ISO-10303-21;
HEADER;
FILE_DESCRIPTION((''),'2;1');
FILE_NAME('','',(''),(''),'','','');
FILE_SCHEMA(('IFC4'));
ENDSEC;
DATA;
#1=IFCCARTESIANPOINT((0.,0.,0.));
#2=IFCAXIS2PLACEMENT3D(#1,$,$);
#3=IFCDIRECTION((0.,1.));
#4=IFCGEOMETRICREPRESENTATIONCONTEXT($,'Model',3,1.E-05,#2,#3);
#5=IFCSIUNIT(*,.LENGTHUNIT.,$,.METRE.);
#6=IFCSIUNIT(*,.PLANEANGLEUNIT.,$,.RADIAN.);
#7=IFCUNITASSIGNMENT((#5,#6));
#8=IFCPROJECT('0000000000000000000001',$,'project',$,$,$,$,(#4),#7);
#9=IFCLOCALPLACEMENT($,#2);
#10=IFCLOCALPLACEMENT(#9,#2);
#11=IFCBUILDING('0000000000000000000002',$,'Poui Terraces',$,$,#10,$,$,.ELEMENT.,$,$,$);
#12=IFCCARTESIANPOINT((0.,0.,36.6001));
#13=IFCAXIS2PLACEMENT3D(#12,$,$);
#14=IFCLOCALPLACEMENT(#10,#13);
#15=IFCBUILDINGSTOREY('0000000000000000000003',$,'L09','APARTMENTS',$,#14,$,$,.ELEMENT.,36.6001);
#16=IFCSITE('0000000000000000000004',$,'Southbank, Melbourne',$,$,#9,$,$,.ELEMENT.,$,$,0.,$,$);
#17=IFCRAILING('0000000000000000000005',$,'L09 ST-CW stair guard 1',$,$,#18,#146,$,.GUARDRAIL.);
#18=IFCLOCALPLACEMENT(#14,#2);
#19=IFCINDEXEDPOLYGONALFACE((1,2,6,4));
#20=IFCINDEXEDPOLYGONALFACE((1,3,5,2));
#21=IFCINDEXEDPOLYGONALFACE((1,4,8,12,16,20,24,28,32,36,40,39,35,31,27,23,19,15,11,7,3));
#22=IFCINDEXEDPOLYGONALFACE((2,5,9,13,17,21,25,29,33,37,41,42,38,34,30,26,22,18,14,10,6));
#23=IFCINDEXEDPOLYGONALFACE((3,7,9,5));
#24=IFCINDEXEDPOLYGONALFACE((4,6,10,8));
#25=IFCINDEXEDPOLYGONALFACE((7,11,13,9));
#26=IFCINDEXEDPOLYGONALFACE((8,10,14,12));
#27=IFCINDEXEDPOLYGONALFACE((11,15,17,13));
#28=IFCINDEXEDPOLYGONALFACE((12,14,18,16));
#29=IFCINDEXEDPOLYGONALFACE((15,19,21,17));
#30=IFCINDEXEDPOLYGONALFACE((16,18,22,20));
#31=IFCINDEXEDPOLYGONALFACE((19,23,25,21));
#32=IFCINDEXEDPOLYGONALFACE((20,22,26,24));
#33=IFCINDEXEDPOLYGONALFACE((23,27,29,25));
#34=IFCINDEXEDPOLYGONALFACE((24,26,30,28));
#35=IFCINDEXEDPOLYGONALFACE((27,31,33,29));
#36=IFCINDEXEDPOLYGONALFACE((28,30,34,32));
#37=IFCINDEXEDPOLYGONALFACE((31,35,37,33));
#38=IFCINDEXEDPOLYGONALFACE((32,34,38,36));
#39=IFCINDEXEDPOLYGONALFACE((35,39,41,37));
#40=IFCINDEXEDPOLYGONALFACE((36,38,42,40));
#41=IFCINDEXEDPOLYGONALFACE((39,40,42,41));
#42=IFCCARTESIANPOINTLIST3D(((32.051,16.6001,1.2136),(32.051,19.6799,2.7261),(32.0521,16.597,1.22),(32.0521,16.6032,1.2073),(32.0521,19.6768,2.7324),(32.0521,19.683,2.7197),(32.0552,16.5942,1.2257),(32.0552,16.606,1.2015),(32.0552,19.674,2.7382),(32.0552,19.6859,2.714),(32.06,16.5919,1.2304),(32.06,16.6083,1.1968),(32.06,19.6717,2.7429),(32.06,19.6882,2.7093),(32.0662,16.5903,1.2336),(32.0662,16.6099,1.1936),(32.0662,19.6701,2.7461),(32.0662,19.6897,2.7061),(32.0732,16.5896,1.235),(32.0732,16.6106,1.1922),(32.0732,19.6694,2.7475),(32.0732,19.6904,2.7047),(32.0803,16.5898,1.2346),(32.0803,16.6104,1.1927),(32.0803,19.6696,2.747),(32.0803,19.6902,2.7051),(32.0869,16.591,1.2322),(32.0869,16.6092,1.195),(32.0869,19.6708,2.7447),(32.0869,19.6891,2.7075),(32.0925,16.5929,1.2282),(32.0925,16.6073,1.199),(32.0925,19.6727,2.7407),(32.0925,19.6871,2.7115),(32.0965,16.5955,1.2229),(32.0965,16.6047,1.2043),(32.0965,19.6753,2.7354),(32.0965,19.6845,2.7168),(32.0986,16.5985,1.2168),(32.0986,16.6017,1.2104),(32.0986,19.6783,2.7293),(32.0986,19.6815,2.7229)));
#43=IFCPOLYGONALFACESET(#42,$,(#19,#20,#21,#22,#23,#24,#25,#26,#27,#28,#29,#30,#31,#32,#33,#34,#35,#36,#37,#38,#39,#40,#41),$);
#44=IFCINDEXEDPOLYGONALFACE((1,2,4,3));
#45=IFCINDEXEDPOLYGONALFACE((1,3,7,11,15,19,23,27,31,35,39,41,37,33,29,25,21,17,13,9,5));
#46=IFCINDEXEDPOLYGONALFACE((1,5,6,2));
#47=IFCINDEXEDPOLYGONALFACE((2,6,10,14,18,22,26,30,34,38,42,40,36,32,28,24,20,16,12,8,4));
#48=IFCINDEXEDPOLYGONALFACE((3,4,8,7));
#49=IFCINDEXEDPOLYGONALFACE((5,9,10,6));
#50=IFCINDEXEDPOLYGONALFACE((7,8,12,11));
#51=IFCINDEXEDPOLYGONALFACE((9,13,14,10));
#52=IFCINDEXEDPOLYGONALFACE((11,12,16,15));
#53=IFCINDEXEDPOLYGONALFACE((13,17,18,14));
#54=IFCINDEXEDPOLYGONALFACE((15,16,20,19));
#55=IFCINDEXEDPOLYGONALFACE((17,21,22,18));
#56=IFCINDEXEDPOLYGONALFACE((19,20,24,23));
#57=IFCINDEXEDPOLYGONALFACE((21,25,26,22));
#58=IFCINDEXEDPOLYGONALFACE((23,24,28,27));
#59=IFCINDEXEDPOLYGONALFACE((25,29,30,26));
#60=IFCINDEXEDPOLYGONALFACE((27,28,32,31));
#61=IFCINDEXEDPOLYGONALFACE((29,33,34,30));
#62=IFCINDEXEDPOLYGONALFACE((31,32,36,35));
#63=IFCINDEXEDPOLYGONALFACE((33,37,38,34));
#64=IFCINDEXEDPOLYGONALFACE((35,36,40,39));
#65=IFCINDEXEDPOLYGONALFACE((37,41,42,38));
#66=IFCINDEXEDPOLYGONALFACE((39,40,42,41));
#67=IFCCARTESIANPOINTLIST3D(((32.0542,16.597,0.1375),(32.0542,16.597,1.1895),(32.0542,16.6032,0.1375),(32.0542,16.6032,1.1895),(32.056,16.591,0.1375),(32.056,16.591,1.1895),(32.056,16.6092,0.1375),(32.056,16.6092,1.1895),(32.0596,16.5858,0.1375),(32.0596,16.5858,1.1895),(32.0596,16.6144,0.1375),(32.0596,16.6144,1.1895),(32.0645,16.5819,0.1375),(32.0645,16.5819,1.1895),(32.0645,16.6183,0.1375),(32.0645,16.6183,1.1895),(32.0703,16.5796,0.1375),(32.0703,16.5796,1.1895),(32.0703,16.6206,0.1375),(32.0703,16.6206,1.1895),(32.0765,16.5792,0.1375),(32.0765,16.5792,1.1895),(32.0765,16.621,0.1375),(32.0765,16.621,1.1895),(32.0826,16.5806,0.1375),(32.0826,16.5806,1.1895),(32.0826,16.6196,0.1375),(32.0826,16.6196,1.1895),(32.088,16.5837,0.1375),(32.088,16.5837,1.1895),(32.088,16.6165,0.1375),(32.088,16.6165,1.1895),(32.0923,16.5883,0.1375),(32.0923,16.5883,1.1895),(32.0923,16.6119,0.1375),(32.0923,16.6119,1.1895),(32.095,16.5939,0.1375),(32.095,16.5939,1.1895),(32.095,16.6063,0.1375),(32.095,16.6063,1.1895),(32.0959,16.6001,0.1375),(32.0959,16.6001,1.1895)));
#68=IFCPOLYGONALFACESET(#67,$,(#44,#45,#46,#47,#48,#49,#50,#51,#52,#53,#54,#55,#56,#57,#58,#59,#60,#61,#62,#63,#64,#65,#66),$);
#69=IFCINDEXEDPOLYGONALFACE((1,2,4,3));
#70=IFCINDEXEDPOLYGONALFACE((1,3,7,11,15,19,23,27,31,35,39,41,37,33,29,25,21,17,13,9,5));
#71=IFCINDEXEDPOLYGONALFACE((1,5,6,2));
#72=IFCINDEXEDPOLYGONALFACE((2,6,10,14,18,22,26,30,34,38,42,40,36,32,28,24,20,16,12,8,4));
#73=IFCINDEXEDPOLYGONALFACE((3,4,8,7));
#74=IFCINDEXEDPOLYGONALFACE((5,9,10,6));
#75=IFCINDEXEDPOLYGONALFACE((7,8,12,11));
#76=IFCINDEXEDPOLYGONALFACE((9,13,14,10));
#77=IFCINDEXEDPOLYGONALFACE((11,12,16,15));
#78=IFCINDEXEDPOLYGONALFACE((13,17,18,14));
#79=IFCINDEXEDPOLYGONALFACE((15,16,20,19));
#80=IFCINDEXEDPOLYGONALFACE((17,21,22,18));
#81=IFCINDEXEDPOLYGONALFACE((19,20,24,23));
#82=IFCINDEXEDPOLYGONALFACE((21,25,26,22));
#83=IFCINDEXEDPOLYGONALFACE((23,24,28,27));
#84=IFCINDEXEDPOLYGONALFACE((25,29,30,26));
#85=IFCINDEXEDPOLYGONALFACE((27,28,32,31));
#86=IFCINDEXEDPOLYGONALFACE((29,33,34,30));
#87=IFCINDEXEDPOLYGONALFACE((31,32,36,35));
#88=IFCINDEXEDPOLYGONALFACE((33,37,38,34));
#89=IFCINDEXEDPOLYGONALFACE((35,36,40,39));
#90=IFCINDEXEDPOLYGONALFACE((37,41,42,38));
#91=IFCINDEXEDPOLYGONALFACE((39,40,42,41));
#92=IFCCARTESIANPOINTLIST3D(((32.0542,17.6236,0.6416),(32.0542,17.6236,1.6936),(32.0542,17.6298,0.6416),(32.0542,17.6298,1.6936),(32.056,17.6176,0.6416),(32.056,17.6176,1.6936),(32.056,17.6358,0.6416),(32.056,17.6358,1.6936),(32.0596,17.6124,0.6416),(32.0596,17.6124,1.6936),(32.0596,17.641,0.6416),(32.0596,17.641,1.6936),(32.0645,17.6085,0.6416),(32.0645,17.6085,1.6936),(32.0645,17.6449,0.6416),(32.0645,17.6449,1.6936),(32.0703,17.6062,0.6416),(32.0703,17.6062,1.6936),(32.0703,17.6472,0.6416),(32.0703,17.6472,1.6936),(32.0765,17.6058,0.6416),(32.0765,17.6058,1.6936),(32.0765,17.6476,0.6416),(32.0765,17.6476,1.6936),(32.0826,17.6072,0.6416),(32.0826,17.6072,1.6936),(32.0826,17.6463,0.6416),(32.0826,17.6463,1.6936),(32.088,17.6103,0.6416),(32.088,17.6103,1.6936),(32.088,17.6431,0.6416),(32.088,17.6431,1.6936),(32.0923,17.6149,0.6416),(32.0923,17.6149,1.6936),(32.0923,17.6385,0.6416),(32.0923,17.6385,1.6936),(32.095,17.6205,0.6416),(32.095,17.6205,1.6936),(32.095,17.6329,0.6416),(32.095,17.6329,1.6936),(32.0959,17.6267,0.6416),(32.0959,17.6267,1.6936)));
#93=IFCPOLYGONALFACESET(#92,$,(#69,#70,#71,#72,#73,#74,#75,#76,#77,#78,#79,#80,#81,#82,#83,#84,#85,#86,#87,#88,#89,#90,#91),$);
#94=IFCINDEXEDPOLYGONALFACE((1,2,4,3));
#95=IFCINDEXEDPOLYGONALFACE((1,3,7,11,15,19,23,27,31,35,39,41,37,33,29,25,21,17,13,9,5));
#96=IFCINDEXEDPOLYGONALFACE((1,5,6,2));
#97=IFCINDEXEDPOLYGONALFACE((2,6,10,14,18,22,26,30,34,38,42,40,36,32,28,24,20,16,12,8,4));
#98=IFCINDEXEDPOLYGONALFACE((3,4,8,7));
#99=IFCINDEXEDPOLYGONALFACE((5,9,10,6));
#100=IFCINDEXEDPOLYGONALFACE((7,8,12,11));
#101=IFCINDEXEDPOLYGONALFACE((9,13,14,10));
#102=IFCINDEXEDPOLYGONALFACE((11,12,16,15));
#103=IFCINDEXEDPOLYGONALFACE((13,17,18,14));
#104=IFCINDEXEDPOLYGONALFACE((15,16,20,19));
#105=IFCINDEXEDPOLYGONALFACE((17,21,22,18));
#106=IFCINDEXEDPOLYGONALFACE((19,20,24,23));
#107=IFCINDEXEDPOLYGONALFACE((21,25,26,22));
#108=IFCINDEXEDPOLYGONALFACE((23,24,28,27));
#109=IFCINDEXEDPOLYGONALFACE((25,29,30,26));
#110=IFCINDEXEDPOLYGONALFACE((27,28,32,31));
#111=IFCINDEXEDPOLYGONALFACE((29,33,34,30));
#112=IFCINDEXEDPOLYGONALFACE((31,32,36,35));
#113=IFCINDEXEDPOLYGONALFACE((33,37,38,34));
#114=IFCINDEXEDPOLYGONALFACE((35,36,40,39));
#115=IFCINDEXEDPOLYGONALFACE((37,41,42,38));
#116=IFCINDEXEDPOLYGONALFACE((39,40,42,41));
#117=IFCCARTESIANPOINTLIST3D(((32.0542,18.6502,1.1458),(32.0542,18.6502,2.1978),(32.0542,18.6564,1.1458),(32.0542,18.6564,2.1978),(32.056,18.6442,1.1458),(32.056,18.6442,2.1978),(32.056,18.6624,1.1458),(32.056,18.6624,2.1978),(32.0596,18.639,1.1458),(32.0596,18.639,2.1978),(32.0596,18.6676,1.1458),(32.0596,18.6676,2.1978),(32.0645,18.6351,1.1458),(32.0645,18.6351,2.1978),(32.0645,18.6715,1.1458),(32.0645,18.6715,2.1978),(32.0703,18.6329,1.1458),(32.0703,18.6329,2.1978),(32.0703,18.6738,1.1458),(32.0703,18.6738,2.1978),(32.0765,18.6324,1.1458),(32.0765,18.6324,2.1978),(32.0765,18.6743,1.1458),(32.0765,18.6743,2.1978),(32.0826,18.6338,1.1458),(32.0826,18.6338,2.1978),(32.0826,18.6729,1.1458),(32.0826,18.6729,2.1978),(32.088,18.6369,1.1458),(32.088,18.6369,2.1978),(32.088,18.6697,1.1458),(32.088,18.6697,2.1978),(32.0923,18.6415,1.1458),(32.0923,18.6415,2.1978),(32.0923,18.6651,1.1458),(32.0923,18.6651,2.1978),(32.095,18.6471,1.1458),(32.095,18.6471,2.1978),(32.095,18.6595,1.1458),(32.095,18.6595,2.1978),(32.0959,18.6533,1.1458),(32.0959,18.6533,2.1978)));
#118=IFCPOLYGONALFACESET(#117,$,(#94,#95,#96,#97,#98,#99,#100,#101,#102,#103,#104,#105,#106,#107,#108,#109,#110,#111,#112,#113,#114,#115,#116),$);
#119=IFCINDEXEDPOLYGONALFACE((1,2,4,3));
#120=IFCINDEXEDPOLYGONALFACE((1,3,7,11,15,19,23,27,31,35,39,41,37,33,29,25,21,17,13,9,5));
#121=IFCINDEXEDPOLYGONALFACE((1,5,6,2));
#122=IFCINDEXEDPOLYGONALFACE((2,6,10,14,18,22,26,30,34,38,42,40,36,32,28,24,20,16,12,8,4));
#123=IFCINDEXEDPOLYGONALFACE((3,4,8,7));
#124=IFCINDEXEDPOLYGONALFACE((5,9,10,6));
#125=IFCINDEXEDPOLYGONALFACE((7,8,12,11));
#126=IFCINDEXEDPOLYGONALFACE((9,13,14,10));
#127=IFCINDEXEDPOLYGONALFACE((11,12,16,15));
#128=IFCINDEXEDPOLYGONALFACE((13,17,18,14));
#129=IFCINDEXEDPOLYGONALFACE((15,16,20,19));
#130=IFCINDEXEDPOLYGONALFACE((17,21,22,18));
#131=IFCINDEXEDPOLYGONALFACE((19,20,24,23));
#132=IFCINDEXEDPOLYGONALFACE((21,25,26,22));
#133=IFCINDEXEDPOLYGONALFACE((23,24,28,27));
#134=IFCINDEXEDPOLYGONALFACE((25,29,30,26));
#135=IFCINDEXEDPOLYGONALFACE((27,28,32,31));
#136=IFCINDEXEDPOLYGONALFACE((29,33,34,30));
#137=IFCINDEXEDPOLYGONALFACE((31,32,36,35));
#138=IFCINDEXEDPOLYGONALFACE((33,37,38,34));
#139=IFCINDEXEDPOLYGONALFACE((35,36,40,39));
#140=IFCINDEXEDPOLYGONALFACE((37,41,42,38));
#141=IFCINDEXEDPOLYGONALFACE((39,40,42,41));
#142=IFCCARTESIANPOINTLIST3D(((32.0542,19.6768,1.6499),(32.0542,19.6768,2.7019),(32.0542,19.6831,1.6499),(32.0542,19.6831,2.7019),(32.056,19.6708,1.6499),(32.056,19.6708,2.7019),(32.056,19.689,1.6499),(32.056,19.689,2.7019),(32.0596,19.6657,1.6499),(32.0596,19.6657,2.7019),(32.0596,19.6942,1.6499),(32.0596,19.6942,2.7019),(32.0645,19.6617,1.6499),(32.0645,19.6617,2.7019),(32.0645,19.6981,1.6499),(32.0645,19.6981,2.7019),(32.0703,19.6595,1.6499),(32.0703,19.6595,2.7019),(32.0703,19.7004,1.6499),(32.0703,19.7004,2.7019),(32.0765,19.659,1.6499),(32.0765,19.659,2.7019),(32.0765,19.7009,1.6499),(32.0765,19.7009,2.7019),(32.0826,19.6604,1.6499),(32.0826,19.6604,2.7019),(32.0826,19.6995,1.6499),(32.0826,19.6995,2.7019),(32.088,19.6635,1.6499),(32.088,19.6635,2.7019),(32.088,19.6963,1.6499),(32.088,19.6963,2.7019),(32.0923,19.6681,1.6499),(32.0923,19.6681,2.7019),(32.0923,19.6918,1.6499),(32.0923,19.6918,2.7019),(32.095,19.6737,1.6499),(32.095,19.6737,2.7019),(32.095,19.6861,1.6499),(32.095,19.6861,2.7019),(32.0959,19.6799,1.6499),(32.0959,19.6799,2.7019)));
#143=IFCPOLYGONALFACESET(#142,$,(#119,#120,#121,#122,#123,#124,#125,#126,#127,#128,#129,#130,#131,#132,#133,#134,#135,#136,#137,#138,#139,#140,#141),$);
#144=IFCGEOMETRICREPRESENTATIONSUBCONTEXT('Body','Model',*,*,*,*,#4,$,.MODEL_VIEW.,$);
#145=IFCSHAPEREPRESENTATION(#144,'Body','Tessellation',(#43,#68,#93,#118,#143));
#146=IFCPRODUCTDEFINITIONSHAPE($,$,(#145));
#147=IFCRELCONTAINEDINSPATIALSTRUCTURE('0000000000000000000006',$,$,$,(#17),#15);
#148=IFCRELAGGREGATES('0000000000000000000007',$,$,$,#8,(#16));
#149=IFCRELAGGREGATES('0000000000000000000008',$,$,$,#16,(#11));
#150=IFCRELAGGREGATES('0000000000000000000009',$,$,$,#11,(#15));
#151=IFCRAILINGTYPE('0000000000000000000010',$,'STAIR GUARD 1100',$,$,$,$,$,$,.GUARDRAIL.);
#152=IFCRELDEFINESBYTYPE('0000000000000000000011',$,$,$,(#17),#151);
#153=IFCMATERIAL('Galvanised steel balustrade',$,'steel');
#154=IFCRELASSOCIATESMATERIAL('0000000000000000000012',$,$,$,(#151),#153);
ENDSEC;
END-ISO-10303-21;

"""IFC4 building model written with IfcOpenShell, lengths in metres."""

from ifc_helpers import new_model, si_unit, direction, frame, origin, origin_2d, place, context, subcontext, project, spatial, circle, extrude, material, type_object, element, save


model = new_model("IFC4")

# Units and contexts
model_context = context("Model", 3, precision=1e-05, world=origin(), true_north=direction((0.0, 1.0)))
body_context = subcontext(model_context, "Body", "Model", "MODEL_VIEW")
ifc_project = project(units=[si_unit("LENGTHUNIT", "METRE"), si_unit("PLANEANGLEUNIT", "RADIAN")], contexts=[model_context])

# Site, building, storey
site_placement = place(None, origin())
site = spatial("IfcSite", under=ifc_project, at=site_placement, Name="Southbank, Melbourne", CompositionType="ELEMENT", RefElevation=0.0)
building_placement = place(site_placement, origin())
building = spatial("IfcBuilding", under=site, at=building_placement, Name="Poui Terraces", CompositionType="ELEMENT")
storey_placement = place(building_placement, frame((0.0, 0.0, 36.6001)))
storey = spatial("IfcBuildingStorey", under=building, at=storey_placement, Name="L09", Description="APARTMENTS", CompositionType="ELEMENT", Elevation=36.6001)

# Railing
ifc_material_1 = material(Name="Galvanised steel balustrade", Category="steel")
railing_type_1 = type_object("IfcRailingType", Name="STAIR GUARD 1100", PredefinedType="GUARDRAIL", material=ifc_material_1)
railing_1_placement = place(storey_placement, frame((32.075, 16.6001, 0.1375)))
element("IfcRailing", 1, at=railing_1_placement, inside=storey, type_object=railing_type_1, Name="L09 ST-CW stair guard 1", PredefinedType="GUARDRAIL", context=body_context, shape_type="SweptSolid", body=[
    extrude(circle(Radius=0.0239, at=origin_2d()), frame((0.0, 0.0, 1.0762), z_axis=(0.0, 0.897606, 0.440798), x_axis=(-1.0, 0.0, 0.0)), (0.0, 0.0, 1.0), 3.4312),
    extrude(circle(Radius=0.021, at=origin_2d()), origin(), (0.0, 0.0, 1.0), 1.052),
    extrude(circle(Radius=0.021, at=origin_2d()), frame((0.0, 1.0266, 0.5042)), (0.0, 0.0, 1.0), 1.052),
    extrude(circle(Radius=0.021, at=origin_2d()), frame((0.0, 2.0532, 1.0083)), (0.0, 0.0, 1.0), 1.052),
    extrude(circle(Radius=0.021, at=origin_2d()), frame((0.0, 3.0798, 1.5125)), (0.0, 0.0, 1.0), 1.052),
])

save(model, "model.ifc")
